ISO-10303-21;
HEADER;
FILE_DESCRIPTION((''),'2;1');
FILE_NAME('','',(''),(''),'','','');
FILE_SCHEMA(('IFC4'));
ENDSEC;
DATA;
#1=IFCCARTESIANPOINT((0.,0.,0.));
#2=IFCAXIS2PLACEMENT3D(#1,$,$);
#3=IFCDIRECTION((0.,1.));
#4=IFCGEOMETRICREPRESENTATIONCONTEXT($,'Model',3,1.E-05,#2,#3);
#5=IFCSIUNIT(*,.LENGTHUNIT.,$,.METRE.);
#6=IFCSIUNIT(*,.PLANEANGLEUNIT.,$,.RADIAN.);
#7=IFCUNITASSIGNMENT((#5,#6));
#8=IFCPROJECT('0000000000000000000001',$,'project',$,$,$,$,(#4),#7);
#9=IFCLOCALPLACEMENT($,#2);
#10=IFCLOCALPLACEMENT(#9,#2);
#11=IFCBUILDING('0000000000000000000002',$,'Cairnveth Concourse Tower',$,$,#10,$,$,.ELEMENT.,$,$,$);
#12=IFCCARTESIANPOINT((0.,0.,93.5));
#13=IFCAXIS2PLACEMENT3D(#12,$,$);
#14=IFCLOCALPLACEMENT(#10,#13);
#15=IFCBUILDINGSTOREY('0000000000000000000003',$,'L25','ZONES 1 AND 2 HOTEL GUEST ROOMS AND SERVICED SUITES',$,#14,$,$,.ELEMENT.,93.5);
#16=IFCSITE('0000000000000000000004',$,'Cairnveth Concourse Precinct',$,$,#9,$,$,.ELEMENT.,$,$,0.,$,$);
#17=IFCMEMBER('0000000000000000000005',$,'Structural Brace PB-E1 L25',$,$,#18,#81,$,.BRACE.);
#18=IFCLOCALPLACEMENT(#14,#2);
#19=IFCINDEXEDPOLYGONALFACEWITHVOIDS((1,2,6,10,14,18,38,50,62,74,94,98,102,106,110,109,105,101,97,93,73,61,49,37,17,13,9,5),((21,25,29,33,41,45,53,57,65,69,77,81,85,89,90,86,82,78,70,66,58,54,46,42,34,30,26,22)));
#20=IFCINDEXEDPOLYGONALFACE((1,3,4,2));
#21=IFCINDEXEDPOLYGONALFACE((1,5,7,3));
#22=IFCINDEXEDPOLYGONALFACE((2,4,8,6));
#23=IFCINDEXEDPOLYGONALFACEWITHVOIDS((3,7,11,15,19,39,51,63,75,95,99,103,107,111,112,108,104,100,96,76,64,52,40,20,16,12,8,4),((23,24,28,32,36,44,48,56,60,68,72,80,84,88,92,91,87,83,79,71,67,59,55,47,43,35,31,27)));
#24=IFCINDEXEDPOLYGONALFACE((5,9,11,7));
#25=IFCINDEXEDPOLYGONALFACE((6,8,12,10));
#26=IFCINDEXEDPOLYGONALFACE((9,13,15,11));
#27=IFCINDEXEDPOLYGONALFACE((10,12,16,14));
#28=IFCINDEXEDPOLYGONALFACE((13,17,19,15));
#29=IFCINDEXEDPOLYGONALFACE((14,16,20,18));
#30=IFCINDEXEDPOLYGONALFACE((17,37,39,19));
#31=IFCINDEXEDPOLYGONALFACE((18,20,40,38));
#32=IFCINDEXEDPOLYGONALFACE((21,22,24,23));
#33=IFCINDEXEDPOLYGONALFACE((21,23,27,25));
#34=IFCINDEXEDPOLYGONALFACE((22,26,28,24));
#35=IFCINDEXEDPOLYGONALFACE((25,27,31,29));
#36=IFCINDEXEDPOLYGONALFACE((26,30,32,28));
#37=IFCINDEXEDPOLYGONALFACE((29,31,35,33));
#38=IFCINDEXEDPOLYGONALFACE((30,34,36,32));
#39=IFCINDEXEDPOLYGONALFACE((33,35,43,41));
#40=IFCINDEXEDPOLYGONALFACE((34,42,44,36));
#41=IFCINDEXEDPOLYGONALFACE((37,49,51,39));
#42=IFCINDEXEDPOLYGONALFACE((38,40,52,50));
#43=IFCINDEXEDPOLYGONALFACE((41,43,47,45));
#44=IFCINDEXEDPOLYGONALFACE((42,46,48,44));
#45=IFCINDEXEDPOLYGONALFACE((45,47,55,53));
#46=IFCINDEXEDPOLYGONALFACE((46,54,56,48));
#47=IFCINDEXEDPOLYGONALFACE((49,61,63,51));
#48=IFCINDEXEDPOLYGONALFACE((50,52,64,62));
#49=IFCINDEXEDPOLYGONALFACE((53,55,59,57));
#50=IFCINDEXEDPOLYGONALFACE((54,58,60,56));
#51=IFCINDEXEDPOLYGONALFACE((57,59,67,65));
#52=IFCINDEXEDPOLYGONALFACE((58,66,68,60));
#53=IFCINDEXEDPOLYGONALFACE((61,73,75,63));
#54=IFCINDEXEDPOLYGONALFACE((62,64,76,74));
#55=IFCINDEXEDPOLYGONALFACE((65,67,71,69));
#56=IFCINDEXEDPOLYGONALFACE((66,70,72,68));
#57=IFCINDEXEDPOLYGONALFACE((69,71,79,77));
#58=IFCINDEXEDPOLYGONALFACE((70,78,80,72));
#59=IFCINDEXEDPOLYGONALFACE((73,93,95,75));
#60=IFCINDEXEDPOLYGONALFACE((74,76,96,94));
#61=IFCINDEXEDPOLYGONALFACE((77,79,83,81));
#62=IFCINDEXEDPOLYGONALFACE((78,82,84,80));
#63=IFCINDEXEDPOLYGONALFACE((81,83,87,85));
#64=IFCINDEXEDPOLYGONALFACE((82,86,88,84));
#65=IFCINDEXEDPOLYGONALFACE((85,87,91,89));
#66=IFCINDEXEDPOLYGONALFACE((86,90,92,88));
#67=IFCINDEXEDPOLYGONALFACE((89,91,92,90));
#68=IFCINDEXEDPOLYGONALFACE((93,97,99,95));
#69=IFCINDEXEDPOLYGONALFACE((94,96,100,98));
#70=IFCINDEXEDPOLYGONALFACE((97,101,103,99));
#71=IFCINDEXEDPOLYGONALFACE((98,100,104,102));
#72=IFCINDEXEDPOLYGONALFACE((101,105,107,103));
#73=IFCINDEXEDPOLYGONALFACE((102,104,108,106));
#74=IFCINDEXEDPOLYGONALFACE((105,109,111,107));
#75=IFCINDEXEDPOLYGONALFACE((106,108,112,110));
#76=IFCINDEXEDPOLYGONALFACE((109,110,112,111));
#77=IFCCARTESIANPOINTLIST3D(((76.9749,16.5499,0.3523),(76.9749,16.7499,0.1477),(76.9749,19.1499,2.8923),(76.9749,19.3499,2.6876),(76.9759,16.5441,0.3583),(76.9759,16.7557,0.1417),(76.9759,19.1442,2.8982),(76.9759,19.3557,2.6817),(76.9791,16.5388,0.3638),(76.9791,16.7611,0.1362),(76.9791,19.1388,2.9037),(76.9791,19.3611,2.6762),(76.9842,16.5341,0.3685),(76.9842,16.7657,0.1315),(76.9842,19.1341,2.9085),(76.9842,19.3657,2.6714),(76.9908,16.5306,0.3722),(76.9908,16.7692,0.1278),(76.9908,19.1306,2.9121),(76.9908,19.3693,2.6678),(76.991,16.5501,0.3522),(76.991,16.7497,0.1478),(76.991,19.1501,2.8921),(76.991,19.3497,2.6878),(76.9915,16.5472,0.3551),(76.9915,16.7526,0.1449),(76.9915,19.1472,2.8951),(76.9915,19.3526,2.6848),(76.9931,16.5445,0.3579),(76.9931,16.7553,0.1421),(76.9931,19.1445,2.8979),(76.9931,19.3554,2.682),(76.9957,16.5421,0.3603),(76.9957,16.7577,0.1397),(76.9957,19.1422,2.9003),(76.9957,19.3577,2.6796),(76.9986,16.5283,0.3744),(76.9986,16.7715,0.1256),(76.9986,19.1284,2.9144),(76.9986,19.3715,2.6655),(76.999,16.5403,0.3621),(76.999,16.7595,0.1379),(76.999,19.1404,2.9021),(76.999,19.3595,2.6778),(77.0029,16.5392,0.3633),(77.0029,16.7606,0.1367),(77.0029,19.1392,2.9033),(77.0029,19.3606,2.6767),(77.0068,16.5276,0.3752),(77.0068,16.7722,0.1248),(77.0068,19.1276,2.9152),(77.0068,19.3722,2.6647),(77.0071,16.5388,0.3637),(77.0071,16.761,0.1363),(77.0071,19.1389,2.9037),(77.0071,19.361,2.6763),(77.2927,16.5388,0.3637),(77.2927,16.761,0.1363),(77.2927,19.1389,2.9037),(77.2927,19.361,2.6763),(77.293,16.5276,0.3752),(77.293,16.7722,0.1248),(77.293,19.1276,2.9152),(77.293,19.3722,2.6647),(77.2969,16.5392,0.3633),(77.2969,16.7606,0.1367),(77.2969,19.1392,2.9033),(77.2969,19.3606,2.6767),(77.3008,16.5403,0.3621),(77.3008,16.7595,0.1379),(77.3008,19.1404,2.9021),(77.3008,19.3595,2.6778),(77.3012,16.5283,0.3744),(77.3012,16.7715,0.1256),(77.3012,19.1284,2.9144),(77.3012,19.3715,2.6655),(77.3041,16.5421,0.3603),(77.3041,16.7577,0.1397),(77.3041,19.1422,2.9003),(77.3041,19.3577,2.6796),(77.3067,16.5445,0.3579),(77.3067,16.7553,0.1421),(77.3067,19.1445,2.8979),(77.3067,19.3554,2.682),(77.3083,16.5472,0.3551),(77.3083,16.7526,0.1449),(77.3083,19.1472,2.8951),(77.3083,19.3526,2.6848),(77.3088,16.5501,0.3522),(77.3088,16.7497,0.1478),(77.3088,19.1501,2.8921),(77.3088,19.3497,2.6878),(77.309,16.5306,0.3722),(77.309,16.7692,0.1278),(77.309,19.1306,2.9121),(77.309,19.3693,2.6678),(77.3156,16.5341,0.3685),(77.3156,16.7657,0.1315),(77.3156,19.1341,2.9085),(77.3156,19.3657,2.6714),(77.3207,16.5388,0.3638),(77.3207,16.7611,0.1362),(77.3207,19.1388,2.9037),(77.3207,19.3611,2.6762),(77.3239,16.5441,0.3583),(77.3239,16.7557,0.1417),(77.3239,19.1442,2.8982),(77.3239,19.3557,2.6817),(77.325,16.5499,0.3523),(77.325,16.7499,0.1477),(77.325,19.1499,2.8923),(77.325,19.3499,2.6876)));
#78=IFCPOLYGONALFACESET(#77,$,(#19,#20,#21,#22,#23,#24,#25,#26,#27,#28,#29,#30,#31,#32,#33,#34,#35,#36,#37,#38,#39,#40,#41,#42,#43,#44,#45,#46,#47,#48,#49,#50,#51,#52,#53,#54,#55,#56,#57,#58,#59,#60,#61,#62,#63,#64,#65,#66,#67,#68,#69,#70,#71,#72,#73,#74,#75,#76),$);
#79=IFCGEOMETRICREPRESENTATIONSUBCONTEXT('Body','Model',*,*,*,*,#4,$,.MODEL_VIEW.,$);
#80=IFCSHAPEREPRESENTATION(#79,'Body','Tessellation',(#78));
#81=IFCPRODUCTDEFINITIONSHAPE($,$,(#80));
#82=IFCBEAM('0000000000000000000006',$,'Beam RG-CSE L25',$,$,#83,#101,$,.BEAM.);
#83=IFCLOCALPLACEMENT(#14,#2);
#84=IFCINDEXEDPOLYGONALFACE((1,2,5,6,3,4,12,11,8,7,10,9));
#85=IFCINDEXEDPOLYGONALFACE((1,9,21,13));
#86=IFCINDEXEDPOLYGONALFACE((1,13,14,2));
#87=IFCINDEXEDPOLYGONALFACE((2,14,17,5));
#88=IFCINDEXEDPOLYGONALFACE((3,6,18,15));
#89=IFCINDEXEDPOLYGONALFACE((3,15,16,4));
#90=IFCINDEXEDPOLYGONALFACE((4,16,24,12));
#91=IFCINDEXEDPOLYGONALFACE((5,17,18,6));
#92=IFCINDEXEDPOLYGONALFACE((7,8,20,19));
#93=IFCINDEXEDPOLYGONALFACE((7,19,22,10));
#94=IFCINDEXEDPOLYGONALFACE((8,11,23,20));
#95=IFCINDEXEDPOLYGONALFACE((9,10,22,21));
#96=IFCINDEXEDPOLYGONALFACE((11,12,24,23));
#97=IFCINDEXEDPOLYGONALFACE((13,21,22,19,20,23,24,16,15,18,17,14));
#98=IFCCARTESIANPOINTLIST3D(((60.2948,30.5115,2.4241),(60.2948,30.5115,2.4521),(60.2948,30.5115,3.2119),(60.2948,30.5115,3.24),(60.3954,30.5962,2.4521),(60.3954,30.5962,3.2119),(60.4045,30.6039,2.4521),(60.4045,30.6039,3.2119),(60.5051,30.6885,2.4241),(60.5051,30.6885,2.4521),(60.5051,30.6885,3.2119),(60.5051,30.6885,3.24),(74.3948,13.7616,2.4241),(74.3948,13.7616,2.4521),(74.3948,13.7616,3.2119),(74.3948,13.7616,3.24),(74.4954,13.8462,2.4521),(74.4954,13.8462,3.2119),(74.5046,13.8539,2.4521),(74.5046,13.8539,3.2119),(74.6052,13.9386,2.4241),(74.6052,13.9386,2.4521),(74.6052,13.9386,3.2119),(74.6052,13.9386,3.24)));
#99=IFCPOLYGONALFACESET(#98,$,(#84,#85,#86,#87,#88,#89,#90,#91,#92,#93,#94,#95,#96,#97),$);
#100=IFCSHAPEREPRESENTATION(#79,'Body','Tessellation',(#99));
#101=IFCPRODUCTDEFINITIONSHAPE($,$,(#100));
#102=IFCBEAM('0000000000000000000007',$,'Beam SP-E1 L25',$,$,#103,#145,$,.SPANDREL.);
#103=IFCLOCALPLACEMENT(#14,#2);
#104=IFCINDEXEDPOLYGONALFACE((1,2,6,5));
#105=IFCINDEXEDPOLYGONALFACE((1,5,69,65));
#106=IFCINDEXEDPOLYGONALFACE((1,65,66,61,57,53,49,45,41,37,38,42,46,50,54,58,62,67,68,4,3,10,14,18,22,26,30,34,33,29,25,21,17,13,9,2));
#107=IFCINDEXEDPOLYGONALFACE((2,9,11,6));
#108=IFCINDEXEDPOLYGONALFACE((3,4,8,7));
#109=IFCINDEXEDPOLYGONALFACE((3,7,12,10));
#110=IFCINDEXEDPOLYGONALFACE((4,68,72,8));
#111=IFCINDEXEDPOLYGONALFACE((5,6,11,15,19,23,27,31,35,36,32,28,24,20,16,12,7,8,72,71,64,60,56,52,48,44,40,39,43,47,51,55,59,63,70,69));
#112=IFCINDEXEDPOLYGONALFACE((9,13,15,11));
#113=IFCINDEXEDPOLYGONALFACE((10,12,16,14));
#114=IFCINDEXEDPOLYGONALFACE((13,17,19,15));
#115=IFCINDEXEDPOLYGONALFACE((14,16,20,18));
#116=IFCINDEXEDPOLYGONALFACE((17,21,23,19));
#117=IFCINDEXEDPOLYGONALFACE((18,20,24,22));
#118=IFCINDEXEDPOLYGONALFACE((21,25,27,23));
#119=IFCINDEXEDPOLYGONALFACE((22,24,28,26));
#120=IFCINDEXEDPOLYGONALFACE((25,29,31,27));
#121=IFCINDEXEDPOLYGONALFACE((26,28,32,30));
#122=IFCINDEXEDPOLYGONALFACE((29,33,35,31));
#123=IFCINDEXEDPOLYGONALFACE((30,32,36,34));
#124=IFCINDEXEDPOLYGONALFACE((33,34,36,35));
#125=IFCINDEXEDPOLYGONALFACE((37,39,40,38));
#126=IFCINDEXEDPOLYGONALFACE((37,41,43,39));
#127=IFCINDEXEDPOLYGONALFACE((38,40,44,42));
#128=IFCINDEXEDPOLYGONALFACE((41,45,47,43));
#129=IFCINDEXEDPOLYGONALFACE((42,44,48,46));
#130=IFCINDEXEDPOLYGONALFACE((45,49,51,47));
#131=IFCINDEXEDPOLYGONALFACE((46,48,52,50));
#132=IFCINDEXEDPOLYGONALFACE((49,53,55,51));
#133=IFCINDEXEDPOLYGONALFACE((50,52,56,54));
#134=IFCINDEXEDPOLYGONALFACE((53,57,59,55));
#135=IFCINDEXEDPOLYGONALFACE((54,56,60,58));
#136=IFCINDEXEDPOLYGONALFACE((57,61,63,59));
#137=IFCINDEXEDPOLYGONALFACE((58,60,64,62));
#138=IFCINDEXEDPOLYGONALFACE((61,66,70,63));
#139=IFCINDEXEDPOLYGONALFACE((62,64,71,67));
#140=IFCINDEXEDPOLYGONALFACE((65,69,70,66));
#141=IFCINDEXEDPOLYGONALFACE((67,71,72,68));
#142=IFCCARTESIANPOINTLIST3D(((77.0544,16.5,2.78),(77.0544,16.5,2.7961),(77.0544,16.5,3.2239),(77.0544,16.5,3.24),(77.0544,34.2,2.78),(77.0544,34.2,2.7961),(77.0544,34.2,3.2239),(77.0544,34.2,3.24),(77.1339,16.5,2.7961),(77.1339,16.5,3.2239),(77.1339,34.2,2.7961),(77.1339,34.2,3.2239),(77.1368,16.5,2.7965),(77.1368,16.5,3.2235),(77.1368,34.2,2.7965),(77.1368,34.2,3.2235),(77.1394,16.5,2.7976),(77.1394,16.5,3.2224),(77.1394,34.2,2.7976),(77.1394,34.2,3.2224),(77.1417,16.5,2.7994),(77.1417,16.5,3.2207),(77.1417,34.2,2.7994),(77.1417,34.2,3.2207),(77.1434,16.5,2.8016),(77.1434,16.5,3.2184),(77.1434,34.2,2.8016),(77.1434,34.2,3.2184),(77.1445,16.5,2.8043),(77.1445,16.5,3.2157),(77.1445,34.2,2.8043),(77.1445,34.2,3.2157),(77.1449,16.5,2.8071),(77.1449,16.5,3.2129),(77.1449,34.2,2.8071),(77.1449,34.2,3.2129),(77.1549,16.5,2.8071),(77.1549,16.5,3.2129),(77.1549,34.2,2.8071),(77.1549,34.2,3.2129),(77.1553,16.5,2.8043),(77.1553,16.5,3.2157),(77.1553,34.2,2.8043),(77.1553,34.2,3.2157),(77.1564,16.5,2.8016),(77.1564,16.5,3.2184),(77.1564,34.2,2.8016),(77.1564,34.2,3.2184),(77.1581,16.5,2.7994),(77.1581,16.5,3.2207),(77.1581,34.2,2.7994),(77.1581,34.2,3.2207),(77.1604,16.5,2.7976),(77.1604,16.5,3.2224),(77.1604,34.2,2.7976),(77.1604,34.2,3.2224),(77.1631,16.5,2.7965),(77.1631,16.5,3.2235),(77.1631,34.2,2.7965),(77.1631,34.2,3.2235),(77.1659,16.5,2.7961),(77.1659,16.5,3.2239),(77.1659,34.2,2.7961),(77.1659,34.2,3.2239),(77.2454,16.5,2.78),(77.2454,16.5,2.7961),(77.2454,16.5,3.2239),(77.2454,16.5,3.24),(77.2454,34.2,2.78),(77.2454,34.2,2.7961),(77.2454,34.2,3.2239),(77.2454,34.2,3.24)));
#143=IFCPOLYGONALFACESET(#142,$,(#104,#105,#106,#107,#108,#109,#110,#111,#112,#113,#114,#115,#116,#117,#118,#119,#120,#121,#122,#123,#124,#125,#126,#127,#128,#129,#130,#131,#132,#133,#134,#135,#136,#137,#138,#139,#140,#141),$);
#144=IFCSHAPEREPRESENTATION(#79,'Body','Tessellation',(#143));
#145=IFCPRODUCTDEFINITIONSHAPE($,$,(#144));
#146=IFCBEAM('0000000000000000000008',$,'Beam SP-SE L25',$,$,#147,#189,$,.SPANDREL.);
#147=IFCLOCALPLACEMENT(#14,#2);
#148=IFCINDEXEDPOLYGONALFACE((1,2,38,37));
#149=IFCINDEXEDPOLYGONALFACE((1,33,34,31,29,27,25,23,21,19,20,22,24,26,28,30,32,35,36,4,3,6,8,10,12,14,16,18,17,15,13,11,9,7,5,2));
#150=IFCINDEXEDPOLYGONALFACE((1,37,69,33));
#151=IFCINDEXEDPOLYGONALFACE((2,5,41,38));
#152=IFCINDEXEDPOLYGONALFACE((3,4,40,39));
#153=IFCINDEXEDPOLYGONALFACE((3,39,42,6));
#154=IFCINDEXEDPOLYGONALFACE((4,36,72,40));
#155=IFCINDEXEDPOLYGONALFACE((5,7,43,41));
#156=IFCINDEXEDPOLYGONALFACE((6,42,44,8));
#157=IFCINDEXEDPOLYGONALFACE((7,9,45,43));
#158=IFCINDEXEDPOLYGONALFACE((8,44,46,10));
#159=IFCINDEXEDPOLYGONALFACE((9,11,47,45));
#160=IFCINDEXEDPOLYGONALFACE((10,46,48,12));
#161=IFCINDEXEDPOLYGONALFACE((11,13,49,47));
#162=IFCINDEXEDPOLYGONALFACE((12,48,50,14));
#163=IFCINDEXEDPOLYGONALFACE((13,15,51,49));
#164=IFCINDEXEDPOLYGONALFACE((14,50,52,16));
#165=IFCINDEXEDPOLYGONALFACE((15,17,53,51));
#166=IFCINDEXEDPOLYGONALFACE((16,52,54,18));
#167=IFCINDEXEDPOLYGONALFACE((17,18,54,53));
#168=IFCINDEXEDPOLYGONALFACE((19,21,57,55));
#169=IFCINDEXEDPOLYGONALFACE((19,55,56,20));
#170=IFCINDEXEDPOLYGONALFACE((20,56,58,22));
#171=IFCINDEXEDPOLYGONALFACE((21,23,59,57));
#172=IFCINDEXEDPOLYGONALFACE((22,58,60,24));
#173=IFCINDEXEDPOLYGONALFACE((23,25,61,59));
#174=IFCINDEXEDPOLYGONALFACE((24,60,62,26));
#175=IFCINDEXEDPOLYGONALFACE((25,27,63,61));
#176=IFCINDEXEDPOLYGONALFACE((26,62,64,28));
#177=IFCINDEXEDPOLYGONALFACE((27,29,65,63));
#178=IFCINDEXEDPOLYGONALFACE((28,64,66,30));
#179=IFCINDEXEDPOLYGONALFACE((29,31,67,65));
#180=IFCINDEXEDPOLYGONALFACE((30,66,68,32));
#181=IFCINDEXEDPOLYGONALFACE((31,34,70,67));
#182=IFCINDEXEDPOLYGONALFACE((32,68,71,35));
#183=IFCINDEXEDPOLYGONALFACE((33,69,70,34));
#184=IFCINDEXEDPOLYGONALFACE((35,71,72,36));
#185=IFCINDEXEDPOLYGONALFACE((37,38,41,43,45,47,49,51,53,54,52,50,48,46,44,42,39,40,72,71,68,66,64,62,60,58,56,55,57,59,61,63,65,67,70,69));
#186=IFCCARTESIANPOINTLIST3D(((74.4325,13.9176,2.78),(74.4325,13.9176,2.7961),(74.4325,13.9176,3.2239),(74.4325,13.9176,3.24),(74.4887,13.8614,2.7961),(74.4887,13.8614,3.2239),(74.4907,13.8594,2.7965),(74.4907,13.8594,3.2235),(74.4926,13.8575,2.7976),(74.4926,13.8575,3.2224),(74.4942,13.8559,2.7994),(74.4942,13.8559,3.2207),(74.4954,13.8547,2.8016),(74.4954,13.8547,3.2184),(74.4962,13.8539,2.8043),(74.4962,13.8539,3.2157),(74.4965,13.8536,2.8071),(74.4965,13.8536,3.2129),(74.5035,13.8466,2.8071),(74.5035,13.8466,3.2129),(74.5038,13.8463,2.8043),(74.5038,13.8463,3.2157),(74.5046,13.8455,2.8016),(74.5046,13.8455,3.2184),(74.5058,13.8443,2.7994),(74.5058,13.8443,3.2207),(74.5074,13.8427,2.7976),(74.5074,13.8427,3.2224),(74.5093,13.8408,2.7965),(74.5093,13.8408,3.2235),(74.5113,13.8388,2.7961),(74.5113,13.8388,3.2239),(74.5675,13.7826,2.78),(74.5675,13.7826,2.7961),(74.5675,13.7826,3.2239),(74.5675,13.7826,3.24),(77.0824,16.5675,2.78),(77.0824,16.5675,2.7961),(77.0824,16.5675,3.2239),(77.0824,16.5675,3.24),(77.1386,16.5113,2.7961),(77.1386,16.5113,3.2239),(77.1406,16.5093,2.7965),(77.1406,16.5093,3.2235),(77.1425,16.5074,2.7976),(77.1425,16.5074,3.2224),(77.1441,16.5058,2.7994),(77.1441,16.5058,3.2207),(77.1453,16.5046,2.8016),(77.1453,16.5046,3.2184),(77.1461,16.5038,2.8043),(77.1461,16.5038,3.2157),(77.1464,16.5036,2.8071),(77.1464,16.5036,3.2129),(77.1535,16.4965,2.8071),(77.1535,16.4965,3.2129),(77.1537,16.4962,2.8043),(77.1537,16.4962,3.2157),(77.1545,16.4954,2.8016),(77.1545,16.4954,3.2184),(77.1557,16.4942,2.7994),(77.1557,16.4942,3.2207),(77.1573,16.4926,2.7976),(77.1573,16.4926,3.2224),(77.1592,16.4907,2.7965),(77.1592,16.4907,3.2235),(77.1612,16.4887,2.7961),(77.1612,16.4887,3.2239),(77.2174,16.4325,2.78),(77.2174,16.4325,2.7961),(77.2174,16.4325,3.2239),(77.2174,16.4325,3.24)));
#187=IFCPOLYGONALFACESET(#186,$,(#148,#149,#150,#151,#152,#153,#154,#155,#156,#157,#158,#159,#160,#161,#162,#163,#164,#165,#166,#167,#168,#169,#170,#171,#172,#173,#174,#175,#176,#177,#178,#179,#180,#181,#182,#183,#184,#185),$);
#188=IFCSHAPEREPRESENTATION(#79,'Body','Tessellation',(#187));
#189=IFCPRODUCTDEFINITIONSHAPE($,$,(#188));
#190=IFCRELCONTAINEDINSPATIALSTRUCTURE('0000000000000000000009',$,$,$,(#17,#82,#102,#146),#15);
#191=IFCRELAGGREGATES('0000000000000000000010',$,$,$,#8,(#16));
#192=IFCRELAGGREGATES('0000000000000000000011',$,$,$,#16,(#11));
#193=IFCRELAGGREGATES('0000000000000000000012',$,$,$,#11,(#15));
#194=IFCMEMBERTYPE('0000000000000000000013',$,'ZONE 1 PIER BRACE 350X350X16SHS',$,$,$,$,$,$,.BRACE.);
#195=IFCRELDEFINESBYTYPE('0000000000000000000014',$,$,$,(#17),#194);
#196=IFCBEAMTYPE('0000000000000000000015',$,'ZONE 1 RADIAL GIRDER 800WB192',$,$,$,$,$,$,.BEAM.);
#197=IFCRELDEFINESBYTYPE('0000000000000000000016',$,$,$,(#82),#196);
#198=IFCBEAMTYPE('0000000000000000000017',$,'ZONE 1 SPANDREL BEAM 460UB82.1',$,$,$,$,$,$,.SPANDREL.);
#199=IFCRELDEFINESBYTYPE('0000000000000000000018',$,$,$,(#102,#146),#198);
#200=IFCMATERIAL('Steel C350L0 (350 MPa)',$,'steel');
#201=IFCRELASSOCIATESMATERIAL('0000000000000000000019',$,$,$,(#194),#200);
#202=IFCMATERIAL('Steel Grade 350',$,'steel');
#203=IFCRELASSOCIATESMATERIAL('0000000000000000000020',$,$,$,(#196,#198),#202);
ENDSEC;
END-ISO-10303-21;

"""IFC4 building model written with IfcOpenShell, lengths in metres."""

from ifc_helpers import new_model, si_unit, direction, frame, origin, origin_2d, place, context, subcontext, project, spatial, hollow_rectangle, i_section, extrude, material, material_profile, profile_set, type_object, element, save


model = new_model("IFC4")

# Units and contexts
model_context = context("Model", 3, precision=1e-05, world=origin(), true_north=direction((0.0, 1.0)))
body_context = subcontext(model_context, "Body", "Model", "MODEL_VIEW")
ifc_project = project(units=[si_unit("LENGTHUNIT", "METRE"), si_unit("PLANEANGLEUNIT", "RADIAN")], contexts=[model_context])

# Site, building, storey
site_placement = place(None, origin())
site = spatial("IfcSite", under=ifc_project, at=site_placement, Name="Cairnveth Concourse Precinct", CompositionType="ELEMENT", RefElevation=0.0)
building_placement = place(site_placement, origin())
building = spatial("IfcBuilding", under=site, at=building_placement, Name="Cairnveth Concourse Tower", CompositionType="ELEMENT")
storey_placement = place(building_placement, frame((0.0, 0.0, 93.5)))
storey = spatial("IfcBuildingStorey", under=building, at=storey_placement, Name="L25", Description="ZONES 1 AND 2 HOTEL GUEST ROOMS AND SERVICED SUITES", CompositionType="ELEMENT", Elevation=93.5)

# Shared definitions
ifc_material_1 = material(Name="Steel Grade 350", Category="steel")

# Member
ifc_material_2 = material(Name="Steel C350L0 (350 MPa)", Category="steel")
ifc_material_profile_1 = material_profile(ifc_material_2, hollow_rectangle(XDim=0.3501, YDim=0.3501, WallThickness=0.0161, InnerFilletRadius=0.0161, OuterFilletRadius=0.032, at=origin_2d()), Name="350x350x16.0SHS")
ifc_profile_set_1 = profile_set([ifc_material_profile_1], Name="Steel C350L0 (350 MPa)")
member_type = type_object("IfcMemberType", Name="ZONE 1 PIER BRACE 350X350X16SHS", PredefinedType="BRACE", material=ifc_profile_set_1)
for number, where, z_axis, x_axis, name in (
    (1, (77.1499, 16.6499, 0.25), (0.0, 0.71532, 0.698797), (-1.0, 0.0, 0.0), "Structural Brace PB-E1 L25"),
):
    element("IfcMember", number, at=place(storey_placement, frame(where, z_axis=z_axis, x_axis=x_axis)), inside=storey, type_object=member_type, Name=name, PredefinedType="BRACE", context=body_context, shape_type="SweptSolid", body=[
        extrude(hollow_rectangle(XDim=0.3501, YDim=0.3501, WallThickness=0.0161, InnerFilletRadius=0.0161, OuterFilletRadius=0.032, at=origin_2d()), origin(), (0.0, 0.0, 1.0), 3.6348),
    ])

# Beams
ifc_material_profile_2 = material_profile(ifc_material_1, i_section(OverallWidth=0.2749, OverallDepth=0.8159, WebThickness=0.012, FlangeThickness=0.0281, at=origin_2d()), Name="800WB192")
ifc_profile_set_2 = profile_set([ifc_material_profile_2], Name="Steel Grade 350")
beam_type_1 = type_object("IfcBeamType", Name="ZONE 1 RADIAL GIRDER 800WB192", PredefinedType="BEAM", material=ifc_profile_set_2)
beam_1_placement = place(storey_placement, frame((74.5, 13.8501, 2.832), z_axis=(-0.643998, 0.765027, 0.0), x_axis=(-0.765027, -0.643998, 0.0)))
element("IfcBeam", 2, at=beam_1_placement, inside=storey, type_object=beam_type_1, Name="Beam RG-CSE L25", PredefinedType="BEAM", context=body_context, shape_type="SweptSolid", body=[
    extrude(i_section(OverallWidth=0.2749, OverallDepth=0.8159, WebThickness=0.012, FlangeThickness=0.0281, at=origin_2d()), origin(), (0.0, 0.0, 1.0), 21.8945),
])
ifc_material_profile_3 = material_profile(ifc_material_1, i_section(OverallWidth=0.1909, OverallDepth=0.46, WebThickness=0.01, FlangeThickness=0.0161, FilletRadius=0.011, at=origin_2d()), Name="460UB82.1")
ifc_profile_set_3 = profile_set([ifc_material_profile_3], Name="Steel Grade 350")
beam_type_2 = type_object("IfcBeamType", Name="ZONE 1 SPANDREL BEAM 460UB82.1", PredefinedType="SPANDREL", material=ifc_profile_set_3)
beam_2_placement = place(storey_placement, frame((77.1499, 16.5, 3.01), z_axis=(0.0, 1.0, 0.0), x_axis=(-1.0, 0.0, 0.0)))
element("IfcBeam", 3, at=beam_2_placement, inside=storey, type_object=beam_type_2, Name="Beam SP-E1 L25", PredefinedType="SPANDREL", context=body_context, shape_type="SweptSolid", body=[
    extrude(i_section(OverallWidth=0.1909, OverallDepth=0.46, WebThickness=0.01, FlangeThickness=0.0161, FilletRadius=0.011, at=origin_2d()), origin(), (0.0, 0.0, 1.0), 17.7),
])
beam_3_placement = place(storey_placement, frame((74.5, 13.8501, 3.01), z_axis=(0.707107, 0.707107, 0.0), x_axis=(-0.707107, 0.707107, 0.0)))
element("IfcBeam", 4, at=beam_3_placement, inside=storey, type_object=beam_type_2, Name="Beam SP-SE L25", PredefinedType="SPANDREL", context=body_context, shape_type="SweptSolid", body=[
    extrude(i_section(OverallWidth=0.1909, OverallDepth=0.46, WebThickness=0.01, FlangeThickness=0.0161, FilletRadius=0.011, at=origin_2d()), origin(), (0.0, 0.0, 1.0), 3.7476),
])

save(model, "model.ifc")
